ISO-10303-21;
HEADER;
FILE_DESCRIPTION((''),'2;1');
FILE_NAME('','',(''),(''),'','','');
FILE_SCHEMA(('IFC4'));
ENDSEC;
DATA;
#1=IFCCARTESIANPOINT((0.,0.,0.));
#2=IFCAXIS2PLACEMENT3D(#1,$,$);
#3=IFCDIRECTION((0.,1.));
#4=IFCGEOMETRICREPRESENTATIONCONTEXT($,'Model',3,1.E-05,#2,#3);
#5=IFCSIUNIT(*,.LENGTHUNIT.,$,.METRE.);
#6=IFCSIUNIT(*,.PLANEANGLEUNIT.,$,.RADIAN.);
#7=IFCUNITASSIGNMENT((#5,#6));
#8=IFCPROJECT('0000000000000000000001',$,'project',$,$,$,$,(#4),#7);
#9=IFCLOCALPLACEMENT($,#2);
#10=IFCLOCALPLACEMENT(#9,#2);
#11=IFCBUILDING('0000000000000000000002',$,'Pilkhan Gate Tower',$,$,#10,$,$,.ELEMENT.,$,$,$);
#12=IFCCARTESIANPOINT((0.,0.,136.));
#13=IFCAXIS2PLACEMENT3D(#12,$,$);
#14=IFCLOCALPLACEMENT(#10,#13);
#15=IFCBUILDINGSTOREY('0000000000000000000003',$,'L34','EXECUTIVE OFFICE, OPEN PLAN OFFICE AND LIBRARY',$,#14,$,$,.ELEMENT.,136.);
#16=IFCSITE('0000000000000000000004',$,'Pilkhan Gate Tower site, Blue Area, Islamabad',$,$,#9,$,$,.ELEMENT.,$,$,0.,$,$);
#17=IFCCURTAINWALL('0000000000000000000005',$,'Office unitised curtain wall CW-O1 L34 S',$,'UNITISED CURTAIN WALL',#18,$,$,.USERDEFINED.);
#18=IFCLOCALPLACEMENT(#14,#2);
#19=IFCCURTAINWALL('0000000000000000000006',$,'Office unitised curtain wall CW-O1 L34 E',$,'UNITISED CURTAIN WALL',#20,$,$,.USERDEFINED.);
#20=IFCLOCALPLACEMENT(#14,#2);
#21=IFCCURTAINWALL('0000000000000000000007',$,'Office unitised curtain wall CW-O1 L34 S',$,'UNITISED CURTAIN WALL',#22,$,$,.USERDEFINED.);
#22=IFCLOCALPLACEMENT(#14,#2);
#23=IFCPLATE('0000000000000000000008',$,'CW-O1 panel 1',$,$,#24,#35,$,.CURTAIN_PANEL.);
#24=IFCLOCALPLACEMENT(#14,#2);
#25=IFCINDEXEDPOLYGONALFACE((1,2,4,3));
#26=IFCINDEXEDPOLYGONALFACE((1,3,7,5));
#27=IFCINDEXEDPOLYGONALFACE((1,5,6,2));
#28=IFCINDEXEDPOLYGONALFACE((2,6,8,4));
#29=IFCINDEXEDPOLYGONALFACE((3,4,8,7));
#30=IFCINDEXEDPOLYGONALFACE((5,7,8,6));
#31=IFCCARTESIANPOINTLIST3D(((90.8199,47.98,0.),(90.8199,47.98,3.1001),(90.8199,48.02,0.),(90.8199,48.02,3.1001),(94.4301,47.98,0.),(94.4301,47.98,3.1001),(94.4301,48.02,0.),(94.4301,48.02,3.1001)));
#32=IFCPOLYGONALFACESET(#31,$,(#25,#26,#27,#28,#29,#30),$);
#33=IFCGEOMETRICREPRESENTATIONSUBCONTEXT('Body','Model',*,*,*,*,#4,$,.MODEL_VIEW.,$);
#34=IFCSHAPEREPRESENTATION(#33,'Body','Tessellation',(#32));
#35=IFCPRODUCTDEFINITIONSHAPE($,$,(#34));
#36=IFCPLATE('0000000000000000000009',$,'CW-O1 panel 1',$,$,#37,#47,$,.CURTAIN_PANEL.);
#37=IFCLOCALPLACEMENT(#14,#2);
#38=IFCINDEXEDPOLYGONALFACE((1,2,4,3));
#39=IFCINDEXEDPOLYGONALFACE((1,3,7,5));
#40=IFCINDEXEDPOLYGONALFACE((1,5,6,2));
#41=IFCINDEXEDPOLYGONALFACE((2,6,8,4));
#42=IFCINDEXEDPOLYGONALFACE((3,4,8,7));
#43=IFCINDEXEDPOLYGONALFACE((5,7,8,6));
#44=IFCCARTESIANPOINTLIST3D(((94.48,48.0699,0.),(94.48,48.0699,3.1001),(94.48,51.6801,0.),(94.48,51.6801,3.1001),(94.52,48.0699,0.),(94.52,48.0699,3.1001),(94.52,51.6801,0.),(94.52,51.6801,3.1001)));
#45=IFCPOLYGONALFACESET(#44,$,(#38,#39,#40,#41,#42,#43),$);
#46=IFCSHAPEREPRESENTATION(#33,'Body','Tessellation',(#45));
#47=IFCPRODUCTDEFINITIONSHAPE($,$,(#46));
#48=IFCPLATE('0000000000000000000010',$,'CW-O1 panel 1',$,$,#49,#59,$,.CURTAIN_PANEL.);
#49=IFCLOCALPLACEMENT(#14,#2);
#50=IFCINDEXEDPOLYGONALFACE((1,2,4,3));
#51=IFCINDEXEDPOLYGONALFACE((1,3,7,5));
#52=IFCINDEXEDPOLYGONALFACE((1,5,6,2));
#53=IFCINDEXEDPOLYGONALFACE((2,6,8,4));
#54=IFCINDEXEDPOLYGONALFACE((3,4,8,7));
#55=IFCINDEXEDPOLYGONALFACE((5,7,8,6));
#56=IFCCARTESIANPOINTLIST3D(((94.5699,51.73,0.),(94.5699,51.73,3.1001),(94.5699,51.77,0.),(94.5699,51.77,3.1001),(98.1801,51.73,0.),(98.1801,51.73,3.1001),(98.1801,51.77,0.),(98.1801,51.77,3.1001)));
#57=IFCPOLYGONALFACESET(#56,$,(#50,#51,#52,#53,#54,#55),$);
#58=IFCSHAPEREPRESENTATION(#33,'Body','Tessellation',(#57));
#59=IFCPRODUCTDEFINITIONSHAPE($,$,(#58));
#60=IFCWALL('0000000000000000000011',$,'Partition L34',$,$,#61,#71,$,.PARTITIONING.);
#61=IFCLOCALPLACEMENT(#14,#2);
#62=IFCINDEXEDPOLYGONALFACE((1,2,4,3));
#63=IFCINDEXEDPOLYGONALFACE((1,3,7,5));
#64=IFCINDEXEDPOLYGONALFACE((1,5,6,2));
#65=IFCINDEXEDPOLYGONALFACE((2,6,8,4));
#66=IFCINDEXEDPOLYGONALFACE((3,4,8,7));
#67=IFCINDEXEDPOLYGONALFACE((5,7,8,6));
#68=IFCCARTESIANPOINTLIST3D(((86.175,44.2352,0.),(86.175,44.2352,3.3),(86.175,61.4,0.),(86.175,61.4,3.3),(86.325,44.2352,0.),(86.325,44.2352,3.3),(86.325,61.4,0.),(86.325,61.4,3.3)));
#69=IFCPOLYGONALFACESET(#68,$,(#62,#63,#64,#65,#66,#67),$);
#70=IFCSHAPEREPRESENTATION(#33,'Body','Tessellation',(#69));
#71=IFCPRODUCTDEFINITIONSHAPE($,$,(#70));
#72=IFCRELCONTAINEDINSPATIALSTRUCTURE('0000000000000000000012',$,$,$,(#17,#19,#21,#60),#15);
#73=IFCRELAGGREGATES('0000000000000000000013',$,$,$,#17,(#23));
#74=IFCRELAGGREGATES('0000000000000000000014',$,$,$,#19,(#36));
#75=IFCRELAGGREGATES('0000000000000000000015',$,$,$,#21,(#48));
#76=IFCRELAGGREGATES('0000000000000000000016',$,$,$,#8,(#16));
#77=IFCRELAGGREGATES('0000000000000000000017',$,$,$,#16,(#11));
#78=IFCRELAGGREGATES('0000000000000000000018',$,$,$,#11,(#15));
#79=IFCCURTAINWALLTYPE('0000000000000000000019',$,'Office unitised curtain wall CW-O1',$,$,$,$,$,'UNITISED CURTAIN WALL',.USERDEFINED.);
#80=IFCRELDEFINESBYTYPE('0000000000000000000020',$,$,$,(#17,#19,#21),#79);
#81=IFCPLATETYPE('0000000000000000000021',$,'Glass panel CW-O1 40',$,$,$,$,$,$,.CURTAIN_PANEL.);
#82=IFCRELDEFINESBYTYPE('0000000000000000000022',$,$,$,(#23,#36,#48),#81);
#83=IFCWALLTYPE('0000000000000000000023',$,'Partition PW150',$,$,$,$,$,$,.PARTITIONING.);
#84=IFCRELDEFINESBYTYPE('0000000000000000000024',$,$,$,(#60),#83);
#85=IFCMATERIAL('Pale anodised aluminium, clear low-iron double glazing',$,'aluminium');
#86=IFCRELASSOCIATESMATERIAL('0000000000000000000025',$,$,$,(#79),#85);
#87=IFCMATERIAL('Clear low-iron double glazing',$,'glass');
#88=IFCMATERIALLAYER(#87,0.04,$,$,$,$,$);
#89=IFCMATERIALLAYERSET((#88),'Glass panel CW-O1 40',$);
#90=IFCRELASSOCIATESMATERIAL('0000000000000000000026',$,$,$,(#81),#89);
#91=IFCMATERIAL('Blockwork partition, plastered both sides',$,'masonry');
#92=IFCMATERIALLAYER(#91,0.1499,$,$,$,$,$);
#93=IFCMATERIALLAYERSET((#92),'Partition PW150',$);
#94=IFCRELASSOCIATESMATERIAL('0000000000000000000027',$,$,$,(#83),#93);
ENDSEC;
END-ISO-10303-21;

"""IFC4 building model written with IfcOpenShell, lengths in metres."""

from ifc_helpers import new_model, si_unit, direction, frame, frame_2d, origin, origin_2d, place, context, subcontext, project, spatial, rectangle, extrude, material, layer, layer_set, type_object, element, aggregate, save


model = new_model("IFC4")

# Units and contexts
model_context = context("Model", 3, precision=1e-05, world=origin(), true_north=direction((0.0, 1.0)))
body_context = subcontext(model_context, "Body", "Model", "MODEL_VIEW")
ifc_project = project(units=[si_unit("LENGTHUNIT", "METRE"), si_unit("PLANEANGLEUNIT", "RADIAN")], contexts=[model_context])

# Site, building, storey
site_placement = place(None, origin())
site = spatial("IfcSite", under=ifc_project, at=site_placement, Name="Pilkhan Gate Tower site, Blue Area, Islamabad", CompositionType="ELEMENT", RefElevation=0.0)
building_placement = place(site_placement, origin())
building = spatial("IfcBuilding", under=site, at=building_placement, Name="Pilkhan Gate Tower", CompositionType="ELEMENT")
storey_placement = place(building_placement, frame((0.0, 0.0, 136.0)))
storey = spatial("IfcBuildingStorey", under=building, at=storey_placement, Name="L34", Description="EXECUTIVE OFFICE, OPEN PLAN OFFICE AND LIBRARY", CompositionType="ELEMENT", Elevation=136.0)

# Shared definitions
ifc_material_1 = material(Name="Pale anodised aluminium, clear low-iron double glazing", Category="aluminium")
curtain_wall_type = type_object("IfcCurtainWallType", Name="Office unitised curtain wall CW-O1", ElementType="UNITISED CURTAIN WALL", PredefinedType="USERDEFINED", material=ifc_material_1)

# Curtain walls
curtain_wall_1_placement = place(storey_placement, origin())
curtain_wall_1 = element("IfcCurtainWall", 1, at=curtain_wall_1_placement, inside=storey, type_object=curtain_wall_type, Name="Office unitised curtain wall CW-O1 L34 S", ObjectType="UNITISED CURTAIN WALL", PredefinedType="USERDEFINED")
curtain_wall_2_placement = place(storey_placement, origin())
curtain_wall_2 = element("IfcCurtainWall", 2, at=curtain_wall_2_placement, inside=storey, type_object=curtain_wall_type, Name="Office unitised curtain wall CW-O1 L34 E", ObjectType="UNITISED CURTAIN WALL", PredefinedType="USERDEFINED")
curtain_wall_3_placement = place(storey_placement, origin())
curtain_wall_3 = element("IfcCurtainWall", 3, at=curtain_wall_3_placement, inside=storey, type_object=curtain_wall_type, Name="Office unitised curtain wall CW-O1 L34 S", ObjectType="UNITISED CURTAIN WALL", PredefinedType="USERDEFINED")

# Plates
ifc_material_2 = material(Name="Clear low-iron double glazing", Category="glass")
ifc_layer_1 = layer(ifc_material_2, 0.04)
ifc_layer_set_1 = layer_set([ifc_layer_1], Name="Glass panel CW-O1 40")
plate_type = type_object("IfcPlateType", Name="Glass panel CW-O1 40", PredefinedType="CURTAIN_PANEL", material=ifc_layer_set_1)
plate_1_placement = place(storey_placement, frame((92.625, 48.0, 0.0), z_axis=(0.0, 0.0, 1.0), x_axis=(1.0, 0.0, 0.0)))
plate_1 = element("IfcPlate", 4, at=plate_1_placement, type_object=plate_type, Name="CW-O1 panel 1", PredefinedType="CURTAIN_PANEL", context=body_context, shape_type="SweptSolid", body=[
    extrude(rectangle(XDim=3.6101, YDim=0.04, at=origin_2d()), origin(), (0.0, 0.0, 1.0), 3.1001),
])
aggregate(curtain_wall_1, [plate_1])
plate_2_placement = place(storey_placement, frame((94.5, 49.875, 0.0), z_axis=(0.0, 0.0, 1.0), x_axis=(0.0, 1.0, 0.0)))
plate_2 = element("IfcPlate", 5, at=plate_2_placement, type_object=plate_type, Name="CW-O1 panel 1", PredefinedType="CURTAIN_PANEL", context=body_context, shape_type="SweptSolid", body=[
    extrude(rectangle(XDim=3.6101, YDim=0.04, at=origin_2d()), origin(), (0.0, 0.0, 1.0), 3.1001),
])
aggregate(curtain_wall_2, [plate_2])
plate_3_placement = place(storey_placement, frame((96.375, 51.75, 0.0), z_axis=(0.0, 0.0, 1.0), x_axis=(1.0, 0.0, 0.0)))
plate_3 = element("IfcPlate", 6, at=plate_3_placement, type_object=plate_type, Name="CW-O1 panel 1", PredefinedType="CURTAIN_PANEL", context=body_context, shape_type="SweptSolid", body=[
    extrude(rectangle(XDim=3.6101, YDim=0.04, at=origin_2d()), origin(), (0.0, 0.0, 1.0), 3.1001),
])
aggregate(curtain_wall_3, [plate_3])

# Wall
ifc_material_3 = material(Name="Blockwork partition, plastered both sides", Category="masonry")
ifc_layer_2 = layer(ifc_material_3, 0.1499)
ifc_layer_set_2 = layer_set([ifc_layer_2], Name="Partition PW150")
wall_type = type_object("IfcWallType", Name="Partition PW150", PredefinedType="PARTITIONING", material=ifc_layer_set_2)
wall_placement = place(storey_placement, frame((86.25, 44.2351, 0.0), z_axis=(0.0, 0.0, 1.0), x_axis=(0.0, 1.0, 0.0)))
element("IfcWall", 7, at=wall_placement, inside=storey, type_object=wall_type, Name="Partition L34", PredefinedType="PARTITIONING", context=body_context, shape_type="SweptSolid", body=[
    extrude(rectangle(XDim=17.1648, YDim=0.1499, at=frame_2d((8.5825, 0.0))), origin(), (0.0, 0.0, 1.0), 3.3),
])

save(model, "model.ifc")
